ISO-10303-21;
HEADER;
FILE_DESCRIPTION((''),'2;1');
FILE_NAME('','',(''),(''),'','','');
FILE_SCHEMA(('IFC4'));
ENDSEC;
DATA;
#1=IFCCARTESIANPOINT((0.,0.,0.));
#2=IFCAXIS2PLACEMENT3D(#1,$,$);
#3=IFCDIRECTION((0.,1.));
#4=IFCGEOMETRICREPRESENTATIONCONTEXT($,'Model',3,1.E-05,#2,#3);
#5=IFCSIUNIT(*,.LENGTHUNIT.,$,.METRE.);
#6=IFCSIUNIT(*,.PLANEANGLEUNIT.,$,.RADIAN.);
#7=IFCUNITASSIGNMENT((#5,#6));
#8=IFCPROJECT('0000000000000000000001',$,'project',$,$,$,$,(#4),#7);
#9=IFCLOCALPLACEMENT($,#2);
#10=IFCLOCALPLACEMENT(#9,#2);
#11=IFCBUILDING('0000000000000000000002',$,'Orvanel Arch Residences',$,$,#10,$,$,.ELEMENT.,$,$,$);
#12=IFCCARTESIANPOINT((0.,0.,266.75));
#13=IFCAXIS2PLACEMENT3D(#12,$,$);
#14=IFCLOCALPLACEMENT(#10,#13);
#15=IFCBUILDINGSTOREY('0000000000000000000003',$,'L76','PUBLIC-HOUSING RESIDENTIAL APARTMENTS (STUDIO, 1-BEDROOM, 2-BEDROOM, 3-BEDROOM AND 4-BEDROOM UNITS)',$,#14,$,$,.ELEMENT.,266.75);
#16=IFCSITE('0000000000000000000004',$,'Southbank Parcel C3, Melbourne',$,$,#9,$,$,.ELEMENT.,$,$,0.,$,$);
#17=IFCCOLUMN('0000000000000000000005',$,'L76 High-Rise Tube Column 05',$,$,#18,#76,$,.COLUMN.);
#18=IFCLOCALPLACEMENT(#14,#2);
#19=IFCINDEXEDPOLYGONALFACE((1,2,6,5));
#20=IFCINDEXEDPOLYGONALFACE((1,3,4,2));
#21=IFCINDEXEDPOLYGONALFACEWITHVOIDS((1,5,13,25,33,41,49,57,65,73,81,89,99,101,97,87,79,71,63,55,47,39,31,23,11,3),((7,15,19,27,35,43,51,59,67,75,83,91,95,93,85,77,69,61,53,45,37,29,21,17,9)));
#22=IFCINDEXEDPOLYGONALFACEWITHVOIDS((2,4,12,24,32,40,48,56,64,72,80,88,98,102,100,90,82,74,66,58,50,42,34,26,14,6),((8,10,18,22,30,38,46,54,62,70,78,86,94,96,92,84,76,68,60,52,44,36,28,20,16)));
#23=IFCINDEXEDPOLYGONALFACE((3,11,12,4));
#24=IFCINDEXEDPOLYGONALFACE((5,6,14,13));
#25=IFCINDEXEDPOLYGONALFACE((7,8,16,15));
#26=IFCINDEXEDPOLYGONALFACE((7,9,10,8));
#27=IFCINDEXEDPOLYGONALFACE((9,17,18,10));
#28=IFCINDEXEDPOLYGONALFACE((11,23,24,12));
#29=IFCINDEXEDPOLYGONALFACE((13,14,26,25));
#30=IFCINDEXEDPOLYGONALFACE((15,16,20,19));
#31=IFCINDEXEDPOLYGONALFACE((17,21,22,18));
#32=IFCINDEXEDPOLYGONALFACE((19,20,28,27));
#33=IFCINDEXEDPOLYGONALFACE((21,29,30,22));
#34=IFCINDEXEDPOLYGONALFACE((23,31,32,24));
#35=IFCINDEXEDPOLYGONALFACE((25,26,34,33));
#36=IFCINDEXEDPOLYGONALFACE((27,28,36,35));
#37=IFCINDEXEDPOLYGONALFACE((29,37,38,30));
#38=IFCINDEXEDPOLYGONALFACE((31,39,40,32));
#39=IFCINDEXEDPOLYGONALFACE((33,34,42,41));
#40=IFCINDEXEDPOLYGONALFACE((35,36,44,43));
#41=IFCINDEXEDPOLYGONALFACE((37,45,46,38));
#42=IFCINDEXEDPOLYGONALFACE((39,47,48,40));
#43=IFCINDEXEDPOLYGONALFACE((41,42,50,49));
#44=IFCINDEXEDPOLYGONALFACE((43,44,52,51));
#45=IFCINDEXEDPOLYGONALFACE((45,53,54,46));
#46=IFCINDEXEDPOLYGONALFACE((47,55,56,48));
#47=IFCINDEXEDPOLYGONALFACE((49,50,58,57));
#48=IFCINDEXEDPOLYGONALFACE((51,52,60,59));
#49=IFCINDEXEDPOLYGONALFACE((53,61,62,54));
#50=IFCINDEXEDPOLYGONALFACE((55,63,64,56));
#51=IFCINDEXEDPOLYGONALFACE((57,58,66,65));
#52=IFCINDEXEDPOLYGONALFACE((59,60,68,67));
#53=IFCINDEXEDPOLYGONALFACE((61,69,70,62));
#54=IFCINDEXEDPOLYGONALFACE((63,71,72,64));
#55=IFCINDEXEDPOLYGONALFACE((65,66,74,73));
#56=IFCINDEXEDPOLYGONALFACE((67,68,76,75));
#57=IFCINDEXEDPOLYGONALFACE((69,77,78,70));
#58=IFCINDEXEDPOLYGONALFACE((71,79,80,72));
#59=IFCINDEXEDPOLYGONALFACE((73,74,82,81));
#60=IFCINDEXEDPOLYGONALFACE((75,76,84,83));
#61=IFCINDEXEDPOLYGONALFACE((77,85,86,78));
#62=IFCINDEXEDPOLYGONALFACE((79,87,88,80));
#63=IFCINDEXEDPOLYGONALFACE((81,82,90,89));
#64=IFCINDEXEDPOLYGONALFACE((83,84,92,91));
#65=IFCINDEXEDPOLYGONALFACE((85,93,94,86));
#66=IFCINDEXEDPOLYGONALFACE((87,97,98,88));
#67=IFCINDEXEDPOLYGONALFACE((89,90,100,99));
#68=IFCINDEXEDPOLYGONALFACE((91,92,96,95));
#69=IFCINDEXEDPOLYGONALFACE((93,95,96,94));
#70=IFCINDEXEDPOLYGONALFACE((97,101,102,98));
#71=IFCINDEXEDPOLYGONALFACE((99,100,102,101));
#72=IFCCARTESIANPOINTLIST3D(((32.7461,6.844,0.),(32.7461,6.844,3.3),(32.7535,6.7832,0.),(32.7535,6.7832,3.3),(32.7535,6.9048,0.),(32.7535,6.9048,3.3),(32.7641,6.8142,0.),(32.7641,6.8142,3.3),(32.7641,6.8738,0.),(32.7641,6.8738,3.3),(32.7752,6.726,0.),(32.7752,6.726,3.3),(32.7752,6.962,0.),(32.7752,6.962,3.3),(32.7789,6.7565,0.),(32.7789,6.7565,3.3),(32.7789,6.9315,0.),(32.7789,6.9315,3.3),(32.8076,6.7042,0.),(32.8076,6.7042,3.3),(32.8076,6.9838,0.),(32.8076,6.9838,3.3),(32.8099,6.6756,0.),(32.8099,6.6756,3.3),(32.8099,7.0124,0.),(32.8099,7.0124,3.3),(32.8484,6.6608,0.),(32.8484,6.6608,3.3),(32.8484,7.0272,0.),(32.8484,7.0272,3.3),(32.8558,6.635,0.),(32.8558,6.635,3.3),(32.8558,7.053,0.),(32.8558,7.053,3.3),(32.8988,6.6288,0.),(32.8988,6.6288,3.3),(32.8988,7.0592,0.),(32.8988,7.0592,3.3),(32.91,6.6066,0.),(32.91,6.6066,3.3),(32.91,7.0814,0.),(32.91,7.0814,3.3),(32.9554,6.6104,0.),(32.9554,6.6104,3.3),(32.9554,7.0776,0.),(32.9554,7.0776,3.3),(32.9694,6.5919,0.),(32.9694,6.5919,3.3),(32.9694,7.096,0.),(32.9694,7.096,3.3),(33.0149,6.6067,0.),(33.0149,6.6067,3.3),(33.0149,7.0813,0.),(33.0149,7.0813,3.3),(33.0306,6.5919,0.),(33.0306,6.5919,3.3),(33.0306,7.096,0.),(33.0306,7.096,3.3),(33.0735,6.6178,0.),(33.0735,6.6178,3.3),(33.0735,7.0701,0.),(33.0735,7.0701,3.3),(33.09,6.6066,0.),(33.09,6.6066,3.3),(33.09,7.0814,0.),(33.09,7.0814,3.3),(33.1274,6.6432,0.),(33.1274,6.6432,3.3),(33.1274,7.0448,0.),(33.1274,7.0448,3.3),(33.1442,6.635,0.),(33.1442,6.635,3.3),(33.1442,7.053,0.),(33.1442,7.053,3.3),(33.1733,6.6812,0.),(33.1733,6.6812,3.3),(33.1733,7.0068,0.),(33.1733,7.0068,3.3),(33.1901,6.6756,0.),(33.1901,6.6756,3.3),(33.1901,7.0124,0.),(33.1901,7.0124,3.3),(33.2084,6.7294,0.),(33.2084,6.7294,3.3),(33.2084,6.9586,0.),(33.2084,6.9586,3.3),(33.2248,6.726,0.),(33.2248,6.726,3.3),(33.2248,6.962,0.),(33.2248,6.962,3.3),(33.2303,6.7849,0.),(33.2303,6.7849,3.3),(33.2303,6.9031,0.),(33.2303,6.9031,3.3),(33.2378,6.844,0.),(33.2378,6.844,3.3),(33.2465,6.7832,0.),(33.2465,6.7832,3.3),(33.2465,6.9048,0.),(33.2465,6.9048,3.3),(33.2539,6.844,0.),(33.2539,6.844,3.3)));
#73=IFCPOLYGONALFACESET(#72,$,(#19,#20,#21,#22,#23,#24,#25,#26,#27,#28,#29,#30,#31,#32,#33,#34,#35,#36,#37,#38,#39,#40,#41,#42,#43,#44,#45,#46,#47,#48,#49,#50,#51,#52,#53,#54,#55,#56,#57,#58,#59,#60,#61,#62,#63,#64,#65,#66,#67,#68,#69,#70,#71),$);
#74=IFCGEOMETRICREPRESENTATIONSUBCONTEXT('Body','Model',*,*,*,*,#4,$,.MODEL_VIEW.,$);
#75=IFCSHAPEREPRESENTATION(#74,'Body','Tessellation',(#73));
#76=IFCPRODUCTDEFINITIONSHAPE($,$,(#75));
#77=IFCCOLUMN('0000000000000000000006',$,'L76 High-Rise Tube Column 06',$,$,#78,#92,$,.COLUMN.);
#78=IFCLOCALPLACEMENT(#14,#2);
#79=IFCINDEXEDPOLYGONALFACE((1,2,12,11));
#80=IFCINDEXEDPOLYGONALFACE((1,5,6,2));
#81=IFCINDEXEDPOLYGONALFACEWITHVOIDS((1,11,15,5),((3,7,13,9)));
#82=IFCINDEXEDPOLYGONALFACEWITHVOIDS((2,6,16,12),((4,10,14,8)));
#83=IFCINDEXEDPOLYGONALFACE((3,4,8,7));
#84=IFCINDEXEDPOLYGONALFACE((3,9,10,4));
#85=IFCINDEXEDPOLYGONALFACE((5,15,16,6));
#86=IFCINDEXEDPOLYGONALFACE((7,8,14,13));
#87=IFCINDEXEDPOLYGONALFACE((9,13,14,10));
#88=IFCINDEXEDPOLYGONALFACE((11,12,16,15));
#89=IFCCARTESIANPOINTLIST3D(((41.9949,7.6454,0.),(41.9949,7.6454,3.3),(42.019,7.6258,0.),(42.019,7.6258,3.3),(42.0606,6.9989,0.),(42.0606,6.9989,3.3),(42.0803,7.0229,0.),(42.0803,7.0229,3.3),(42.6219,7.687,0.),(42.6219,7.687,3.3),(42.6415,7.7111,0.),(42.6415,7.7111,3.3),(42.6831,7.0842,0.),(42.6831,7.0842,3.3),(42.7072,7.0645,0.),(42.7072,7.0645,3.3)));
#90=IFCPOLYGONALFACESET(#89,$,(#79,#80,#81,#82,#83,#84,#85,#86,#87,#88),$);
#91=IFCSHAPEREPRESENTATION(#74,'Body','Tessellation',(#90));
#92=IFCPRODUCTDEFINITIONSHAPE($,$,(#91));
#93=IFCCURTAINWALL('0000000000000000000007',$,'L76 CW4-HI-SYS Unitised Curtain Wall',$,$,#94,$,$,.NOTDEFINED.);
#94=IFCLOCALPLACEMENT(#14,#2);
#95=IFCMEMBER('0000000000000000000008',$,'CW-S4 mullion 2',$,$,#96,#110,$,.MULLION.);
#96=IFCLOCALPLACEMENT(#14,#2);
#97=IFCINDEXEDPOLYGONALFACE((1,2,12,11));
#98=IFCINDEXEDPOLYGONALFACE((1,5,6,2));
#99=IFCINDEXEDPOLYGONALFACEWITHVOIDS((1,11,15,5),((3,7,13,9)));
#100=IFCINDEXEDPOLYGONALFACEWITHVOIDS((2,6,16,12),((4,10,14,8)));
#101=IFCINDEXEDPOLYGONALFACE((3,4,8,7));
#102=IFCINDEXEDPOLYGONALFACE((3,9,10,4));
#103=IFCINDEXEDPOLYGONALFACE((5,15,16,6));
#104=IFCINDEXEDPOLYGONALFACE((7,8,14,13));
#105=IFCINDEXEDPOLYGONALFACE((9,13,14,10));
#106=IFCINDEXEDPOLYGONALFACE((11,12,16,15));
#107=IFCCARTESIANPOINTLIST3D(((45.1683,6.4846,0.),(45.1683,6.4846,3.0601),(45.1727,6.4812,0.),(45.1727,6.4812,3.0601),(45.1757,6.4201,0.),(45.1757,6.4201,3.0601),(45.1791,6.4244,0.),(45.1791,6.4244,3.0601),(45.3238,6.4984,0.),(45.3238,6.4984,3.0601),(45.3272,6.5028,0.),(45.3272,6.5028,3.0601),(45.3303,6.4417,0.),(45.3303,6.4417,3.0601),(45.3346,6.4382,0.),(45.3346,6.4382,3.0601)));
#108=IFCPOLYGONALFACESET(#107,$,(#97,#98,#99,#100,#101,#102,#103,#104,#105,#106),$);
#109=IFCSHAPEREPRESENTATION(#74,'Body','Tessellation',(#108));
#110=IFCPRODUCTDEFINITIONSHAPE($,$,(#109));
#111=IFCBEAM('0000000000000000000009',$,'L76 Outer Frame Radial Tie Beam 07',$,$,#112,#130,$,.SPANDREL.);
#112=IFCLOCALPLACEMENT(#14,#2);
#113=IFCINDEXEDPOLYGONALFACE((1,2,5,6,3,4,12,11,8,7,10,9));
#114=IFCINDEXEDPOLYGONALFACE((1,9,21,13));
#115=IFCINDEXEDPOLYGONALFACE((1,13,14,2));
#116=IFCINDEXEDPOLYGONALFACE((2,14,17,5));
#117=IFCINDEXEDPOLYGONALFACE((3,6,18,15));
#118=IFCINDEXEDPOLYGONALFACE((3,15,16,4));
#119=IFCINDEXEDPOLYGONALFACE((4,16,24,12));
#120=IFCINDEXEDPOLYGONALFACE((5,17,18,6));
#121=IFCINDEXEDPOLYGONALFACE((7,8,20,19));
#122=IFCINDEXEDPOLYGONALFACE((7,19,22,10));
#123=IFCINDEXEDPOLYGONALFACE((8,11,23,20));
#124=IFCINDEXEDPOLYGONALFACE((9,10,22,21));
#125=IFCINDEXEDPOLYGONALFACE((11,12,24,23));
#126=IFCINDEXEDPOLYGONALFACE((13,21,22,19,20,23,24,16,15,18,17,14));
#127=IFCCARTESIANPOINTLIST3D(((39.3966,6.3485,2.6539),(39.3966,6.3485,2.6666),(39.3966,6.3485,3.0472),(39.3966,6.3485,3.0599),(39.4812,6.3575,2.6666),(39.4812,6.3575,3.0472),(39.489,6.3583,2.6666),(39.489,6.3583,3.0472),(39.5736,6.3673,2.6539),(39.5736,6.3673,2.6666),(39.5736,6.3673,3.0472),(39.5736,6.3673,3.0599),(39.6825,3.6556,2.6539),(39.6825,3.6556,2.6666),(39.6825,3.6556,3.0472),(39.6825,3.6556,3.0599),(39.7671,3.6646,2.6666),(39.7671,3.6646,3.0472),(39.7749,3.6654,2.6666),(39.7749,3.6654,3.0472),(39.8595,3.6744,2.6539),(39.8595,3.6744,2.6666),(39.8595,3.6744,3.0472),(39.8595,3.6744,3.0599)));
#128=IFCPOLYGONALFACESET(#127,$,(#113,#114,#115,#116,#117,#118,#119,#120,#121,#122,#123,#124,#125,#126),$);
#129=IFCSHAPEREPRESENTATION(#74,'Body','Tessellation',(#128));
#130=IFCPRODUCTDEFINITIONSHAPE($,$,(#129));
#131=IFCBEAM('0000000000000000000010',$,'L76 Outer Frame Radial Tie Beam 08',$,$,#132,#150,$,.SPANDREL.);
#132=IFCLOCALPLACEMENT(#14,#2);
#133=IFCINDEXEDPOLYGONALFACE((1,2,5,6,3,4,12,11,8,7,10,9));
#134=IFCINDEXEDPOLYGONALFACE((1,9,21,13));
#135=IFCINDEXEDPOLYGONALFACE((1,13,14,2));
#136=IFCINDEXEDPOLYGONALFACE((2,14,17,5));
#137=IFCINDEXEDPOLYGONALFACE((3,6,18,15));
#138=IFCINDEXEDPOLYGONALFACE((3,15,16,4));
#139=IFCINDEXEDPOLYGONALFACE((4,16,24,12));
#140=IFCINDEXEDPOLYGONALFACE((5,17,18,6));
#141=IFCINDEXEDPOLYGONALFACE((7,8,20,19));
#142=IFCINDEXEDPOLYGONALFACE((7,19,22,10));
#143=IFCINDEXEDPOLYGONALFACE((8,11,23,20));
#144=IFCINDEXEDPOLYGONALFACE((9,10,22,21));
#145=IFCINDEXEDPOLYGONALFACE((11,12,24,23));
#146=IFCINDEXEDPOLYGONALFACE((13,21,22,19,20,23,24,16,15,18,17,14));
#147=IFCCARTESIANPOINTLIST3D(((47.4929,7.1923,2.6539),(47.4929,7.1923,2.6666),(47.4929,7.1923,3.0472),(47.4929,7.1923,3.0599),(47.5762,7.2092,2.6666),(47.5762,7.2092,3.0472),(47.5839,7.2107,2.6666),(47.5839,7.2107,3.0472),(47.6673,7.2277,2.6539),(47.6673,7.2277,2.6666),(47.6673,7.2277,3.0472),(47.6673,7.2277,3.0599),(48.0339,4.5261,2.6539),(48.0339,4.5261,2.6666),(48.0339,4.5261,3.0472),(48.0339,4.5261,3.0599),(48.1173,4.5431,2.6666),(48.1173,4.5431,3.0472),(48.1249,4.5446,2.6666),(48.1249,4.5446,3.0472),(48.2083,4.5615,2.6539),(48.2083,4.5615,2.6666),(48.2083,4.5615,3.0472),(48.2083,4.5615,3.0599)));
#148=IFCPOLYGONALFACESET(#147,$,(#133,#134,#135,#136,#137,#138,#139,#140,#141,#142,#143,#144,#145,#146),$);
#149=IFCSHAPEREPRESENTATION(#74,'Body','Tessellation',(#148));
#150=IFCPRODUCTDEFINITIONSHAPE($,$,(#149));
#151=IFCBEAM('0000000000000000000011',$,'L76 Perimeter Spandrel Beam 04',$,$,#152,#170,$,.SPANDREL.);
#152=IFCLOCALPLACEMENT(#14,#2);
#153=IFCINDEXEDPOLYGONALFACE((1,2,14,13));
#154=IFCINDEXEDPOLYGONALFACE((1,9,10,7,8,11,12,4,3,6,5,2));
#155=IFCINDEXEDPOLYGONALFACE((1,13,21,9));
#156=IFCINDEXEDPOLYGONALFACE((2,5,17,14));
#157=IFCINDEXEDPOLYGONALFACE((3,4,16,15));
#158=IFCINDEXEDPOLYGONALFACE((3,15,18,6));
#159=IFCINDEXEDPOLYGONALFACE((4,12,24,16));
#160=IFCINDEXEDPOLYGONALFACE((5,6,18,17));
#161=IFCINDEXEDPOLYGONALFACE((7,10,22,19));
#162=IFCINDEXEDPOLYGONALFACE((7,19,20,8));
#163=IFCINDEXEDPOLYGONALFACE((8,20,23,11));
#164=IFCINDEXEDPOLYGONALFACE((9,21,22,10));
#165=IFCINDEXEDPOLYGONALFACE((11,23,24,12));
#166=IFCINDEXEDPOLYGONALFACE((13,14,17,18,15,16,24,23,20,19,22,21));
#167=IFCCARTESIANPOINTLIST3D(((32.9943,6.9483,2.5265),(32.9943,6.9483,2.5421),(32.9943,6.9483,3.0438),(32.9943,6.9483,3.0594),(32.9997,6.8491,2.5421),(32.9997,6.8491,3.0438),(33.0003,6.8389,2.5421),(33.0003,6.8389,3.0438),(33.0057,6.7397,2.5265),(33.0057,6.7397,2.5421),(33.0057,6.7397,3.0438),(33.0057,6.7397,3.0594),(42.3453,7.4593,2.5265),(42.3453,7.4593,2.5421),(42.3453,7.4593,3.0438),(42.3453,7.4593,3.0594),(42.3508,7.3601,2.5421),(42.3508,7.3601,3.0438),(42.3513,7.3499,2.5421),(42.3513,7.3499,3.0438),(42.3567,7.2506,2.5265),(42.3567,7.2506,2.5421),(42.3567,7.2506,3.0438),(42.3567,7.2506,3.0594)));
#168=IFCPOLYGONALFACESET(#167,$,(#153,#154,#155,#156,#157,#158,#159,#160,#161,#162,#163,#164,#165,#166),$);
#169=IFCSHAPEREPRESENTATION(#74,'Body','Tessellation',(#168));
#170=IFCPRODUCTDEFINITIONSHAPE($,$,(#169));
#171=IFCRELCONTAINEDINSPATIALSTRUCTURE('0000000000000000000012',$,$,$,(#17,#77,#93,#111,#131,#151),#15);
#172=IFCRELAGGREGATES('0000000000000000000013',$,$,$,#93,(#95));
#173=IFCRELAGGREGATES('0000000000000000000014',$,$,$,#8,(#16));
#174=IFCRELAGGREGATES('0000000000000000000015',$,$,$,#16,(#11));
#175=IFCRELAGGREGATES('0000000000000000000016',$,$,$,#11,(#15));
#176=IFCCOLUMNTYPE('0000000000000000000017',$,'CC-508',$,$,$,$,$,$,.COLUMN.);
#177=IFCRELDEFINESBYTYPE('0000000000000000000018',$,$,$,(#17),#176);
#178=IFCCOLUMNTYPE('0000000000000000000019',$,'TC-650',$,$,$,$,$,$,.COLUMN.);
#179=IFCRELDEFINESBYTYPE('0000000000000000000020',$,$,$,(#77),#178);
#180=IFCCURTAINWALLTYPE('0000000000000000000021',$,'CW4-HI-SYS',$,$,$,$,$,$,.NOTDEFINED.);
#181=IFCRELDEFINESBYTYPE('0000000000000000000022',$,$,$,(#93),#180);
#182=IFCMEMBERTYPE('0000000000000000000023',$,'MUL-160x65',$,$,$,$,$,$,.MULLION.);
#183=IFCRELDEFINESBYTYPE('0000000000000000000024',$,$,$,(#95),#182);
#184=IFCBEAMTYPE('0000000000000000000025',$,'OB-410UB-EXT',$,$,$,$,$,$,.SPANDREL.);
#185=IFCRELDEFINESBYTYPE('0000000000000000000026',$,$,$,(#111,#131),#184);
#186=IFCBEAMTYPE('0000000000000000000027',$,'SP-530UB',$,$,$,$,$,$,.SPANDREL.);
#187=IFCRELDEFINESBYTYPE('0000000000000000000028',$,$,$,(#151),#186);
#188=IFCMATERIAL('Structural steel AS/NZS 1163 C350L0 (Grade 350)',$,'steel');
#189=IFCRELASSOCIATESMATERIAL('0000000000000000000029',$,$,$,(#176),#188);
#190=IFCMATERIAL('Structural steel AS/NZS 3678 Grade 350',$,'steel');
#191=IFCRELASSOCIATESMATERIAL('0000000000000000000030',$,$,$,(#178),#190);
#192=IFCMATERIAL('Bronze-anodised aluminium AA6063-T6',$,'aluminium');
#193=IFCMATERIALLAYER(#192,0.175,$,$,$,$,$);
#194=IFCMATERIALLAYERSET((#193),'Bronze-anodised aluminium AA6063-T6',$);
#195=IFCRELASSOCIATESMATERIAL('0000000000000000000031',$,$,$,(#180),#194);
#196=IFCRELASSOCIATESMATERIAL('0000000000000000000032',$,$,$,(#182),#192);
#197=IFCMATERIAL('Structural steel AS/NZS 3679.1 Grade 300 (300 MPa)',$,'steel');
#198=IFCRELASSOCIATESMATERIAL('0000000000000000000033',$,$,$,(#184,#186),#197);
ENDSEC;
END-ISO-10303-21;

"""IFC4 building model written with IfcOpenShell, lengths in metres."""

from ifc_helpers import new_model, si_unit, direction, frame, origin, origin_2d, place, context, subcontext, project, spatial, hollow_rectangle, hollow_circle, i_section, extrude, material, layer, layer_set, material_profile, profile_set, type_object, element, aggregate, save


model = new_model("IFC4")

# Units and contexts
model_context = context("Model", 3, precision=1e-05, world=origin(), true_north=direction((0.0, 1.0)))
body_context = subcontext(model_context, "Body", "Model", "MODEL_VIEW")
ifc_project = project(units=[si_unit("LENGTHUNIT", "METRE"), si_unit("PLANEANGLEUNIT", "RADIAN")], contexts=[model_context])

# Site, building, storey
site_placement = place(None, origin())
site = spatial("IfcSite", under=ifc_project, at=site_placement, Name="Southbank Parcel C3, Melbourne", CompositionType="ELEMENT", RefElevation=0.0)
building_placement = place(site_placement, origin())
building = spatial("IfcBuilding", under=site, at=building_placement, Name="Orvanel Arch Residences", CompositionType="ELEMENT")
storey_placement = place(building_placement, frame((0.0, 0.0, 266.75)))
storey = spatial("IfcBuildingStorey", under=building, at=storey_placement, Name="L76", Description="PUBLIC-HOUSING RESIDENTIAL APARTMENTS (STUDIO, 1-BEDROOM, 2-BEDROOM, 3-BEDROOM AND 4-BEDROOM UNITS)", CompositionType="ELEMENT", Elevation=266.75)

# Columns
ifc_material_1 = material(Name="Structural steel AS/NZS 1163 C350L0 (Grade 350)", Category="steel")
ifc_material_profile_1 = material_profile(ifc_material_1, hollow_circle(Radius=0.2539, WallThickness=0.0161, at=origin_2d()), Name="CHS508x16")
ifc_profile_set_1 = profile_set([ifc_material_profile_1], Name="Structural steel AS/NZS 1163 C350L0 (Grade 350)")
column_type_1 = type_object("IfcColumnType", Name="CC-508", PredefinedType="COLUMN", material=ifc_profile_set_1)
column_1_placement = place(storey_placement, frame((33.0, 6.844, 0.0), z_axis=(0.0, 0.0, 1.0), x_axis=(1.0, 0.0, 0.0)))
element("IfcColumn", 1, at=column_1_placement, inside=storey, type_object=column_type_1, Name="L76 High-Rise Tube Column 05", PredefinedType="COLUMN", context=body_context, shape_type="SweptSolid", body=[
    extrude(hollow_circle(Radius=0.2539, WallThickness=0.0161, at=origin_2d()), origin(), (0.0, 0.0, 1.0), 3.3),
])
ifc_material_2 = material(Name="Structural steel AS/NZS 3678 Grade 350", Category="steel")
ifc_material_profile_2 = material_profile(ifc_material_2, hollow_rectangle(XDim=0.6499, YDim=0.6499, WallThickness=0.022, at=origin_2d()), Name="BOX650x650x22")
ifc_profile_set_2 = profile_set([ifc_material_profile_2], Name="Structural steel AS/NZS 3678 Grade 350")
column_type_2 = type_object("IfcColumnType", Name="TC-650", PredefinedType="COLUMN", material=ifc_profile_set_2)
column_2_placement = place(storey_placement, frame((42.3511, 7.355, 0.0), z_axis=(0.0, 0.0, 1.0), x_axis=(0.994881, 0.101056, 0.0)))
element("IfcColumn", 2, at=column_2_placement, inside=storey, type_object=column_type_2, Name="L76 High-Rise Tube Column 06", PredefinedType="COLUMN", context=body_context, shape_type="SweptSolid", body=[
    extrude(hollow_rectangle(XDim=0.6499, YDim=0.6499, WallThickness=0.022, at=origin_2d()), origin(), (0.0, 0.0, 1.0), 3.3),
])

# Curtain wall, member
ifc_material_3 = material(Name="Bronze-anodised aluminium AA6063-T6", Category="aluminium")
ifc_layer_1 = layer(ifc_material_3, 0.175)
ifc_layer_set_1 = layer_set([ifc_layer_1], Name="Bronze-anodised aluminium AA6063-T6")
curtain_wall_type = type_object("IfcCurtainWallType", Name="CW4-HI-SYS", PredefinedType="NOTDEFINED", material=ifc_layer_set_1)
curtain_wall_placement = place(storey_placement, origin())
curtain_wall = element("IfcCurtainWall", 3, at=curtain_wall_placement, inside=storey, type_object=curtain_wall_type, Name="L76 CW4-HI-SYS Unitised Curtain Wall", PredefinedType="NOTDEFINED")
ifc_material_profile_3 = material_profile(ifc_material_3, hollow_rectangle(XDim=0.0649, YDim=0.1599, WallThickness=0.0039, at=origin_2d()), Name="ALU160x65x4")
ifc_profile_set_3 = profile_set([ifc_material_profile_3], Name="Bronze-anodised aluminium AA6063-T6")
member_type_1 = type_object("IfcMemberType", Name="MUL-160x65", PredefinedType="MULLION", material=ifc_profile_set_3)
member_1_placement = place(storey_placement, frame((45.2515, 6.4614, 0.0), z_axis=(0.0, 0.0, 1.0), x_axis=(-0.11351, 0.993537, 0.0)))
member_1 = element("IfcMember", 4, at=member_1_placement, type_object=member_type_1, Name="CW-S4 mullion 2", PredefinedType="MULLION", context=body_context, shape_type="SweptSolid", body=[
    extrude(hollow_rectangle(XDim=0.0649, YDim=0.1599, WallThickness=0.0039, at=origin_2d()), origin(), (0.0, 0.0, 1.0), 3.0601),
])

# Beams
ifc_material_4 = material(Name="Structural steel AS/NZS 3679.1 Grade 300 (300 MPa)", Category="steel")
ifc_material_profile_4 = material_profile(ifc_material_4, i_section(OverallWidth=0.178, OverallDepth=0.406, WebThickness=0.0078, FlangeThickness=0.0127, at=origin_2d()), Name="410UB59.7")
ifc_profile_set_4 = profile_set([ifc_material_profile_4], Name="Structural steel AS/NZS 3679.1 Grade 300 (300 MPa)")
beam_type_1 = type_object("IfcBeamType", Name="OB-410UB-EXT", PredefinedType="SPANDREL", material=ifc_profile_set_4)
beam_1_placement = place(storey_placement, frame((39.4851, 6.3579, 2.8569), z_axis=(0.105572, -0.994412, 0.0), x_axis=(0.994412, 0.105572, 0.0)))
element("IfcBeam", 5, at=beam_1_placement, inside=storey, type_object=beam_type_1, Name="L76 Outer Frame Radial Tie Beam 07", PredefinedType="SPANDREL", context=body_context, shape_type="SweptSolid", body=[
    extrude(i_section(OverallWidth=0.178, OverallDepth=0.406, WebThickness=0.0078, FlangeThickness=0.0127, at=origin_2d()), origin(), (0.0, 0.0, 1.0), 2.708),
])
beam_2_placement = place(storey_placement, frame((47.5801, 7.21, 2.8569), z_axis=(0.198877, -0.980025, 0.0), x_axis=(0.980025, 0.198877, 0.0)))
element("IfcBeam", 6, at=beam_2_placement, inside=storey, type_object=beam_type_1, Name="L76 Outer Frame Radial Tie Beam 08", PredefinedType="SPANDREL", context=body_context, shape_type="SweptSolid", body=[
    extrude(i_section(OverallWidth=0.178, OverallDepth=0.406, WebThickness=0.0078, FlangeThickness=0.0127, at=origin_2d()), origin(), (0.0, 0.0, 1.0), 2.7205),
])
ifc_material_profile_5 = material_profile(ifc_material_4, i_section(OverallWidth=0.209, OverallDepth=0.533, WebThickness=0.0103, FlangeThickness=0.0156, at=origin_2d()), Name="530UB92.4")
ifc_profile_set_5 = profile_set([ifc_material_profile_5], Name="Structural steel AS/NZS 3679.1 Grade 300 (300 MPa)")
beam_type_2 = type_object("IfcBeamType", Name="SP-530UB", PredefinedType="SPANDREL", material=ifc_profile_set_5)
beam_3_placement = place(storey_placement, frame((33.0, 6.844, 2.793), z_axis=(0.99851, 0.054563, 0.0), x_axis=(-0.054563, 0.99851, 0.0)))
element("IfcBeam", 7, at=beam_3_placement, inside=storey, type_object=beam_type_2, Name="L76 Perimeter Spandrel Beam 04", PredefinedType="SPANDREL", context=body_context, shape_type="SweptSolid", body=[
    extrude(i_section(OverallWidth=0.209, OverallDepth=0.533, WebThickness=0.0103, FlangeThickness=0.0156, at=origin_2d()), origin(), (0.0, 0.0, 1.0), 9.365),
])

aggregate(curtain_wall, [member_1])

save(model, "model.ifc")
